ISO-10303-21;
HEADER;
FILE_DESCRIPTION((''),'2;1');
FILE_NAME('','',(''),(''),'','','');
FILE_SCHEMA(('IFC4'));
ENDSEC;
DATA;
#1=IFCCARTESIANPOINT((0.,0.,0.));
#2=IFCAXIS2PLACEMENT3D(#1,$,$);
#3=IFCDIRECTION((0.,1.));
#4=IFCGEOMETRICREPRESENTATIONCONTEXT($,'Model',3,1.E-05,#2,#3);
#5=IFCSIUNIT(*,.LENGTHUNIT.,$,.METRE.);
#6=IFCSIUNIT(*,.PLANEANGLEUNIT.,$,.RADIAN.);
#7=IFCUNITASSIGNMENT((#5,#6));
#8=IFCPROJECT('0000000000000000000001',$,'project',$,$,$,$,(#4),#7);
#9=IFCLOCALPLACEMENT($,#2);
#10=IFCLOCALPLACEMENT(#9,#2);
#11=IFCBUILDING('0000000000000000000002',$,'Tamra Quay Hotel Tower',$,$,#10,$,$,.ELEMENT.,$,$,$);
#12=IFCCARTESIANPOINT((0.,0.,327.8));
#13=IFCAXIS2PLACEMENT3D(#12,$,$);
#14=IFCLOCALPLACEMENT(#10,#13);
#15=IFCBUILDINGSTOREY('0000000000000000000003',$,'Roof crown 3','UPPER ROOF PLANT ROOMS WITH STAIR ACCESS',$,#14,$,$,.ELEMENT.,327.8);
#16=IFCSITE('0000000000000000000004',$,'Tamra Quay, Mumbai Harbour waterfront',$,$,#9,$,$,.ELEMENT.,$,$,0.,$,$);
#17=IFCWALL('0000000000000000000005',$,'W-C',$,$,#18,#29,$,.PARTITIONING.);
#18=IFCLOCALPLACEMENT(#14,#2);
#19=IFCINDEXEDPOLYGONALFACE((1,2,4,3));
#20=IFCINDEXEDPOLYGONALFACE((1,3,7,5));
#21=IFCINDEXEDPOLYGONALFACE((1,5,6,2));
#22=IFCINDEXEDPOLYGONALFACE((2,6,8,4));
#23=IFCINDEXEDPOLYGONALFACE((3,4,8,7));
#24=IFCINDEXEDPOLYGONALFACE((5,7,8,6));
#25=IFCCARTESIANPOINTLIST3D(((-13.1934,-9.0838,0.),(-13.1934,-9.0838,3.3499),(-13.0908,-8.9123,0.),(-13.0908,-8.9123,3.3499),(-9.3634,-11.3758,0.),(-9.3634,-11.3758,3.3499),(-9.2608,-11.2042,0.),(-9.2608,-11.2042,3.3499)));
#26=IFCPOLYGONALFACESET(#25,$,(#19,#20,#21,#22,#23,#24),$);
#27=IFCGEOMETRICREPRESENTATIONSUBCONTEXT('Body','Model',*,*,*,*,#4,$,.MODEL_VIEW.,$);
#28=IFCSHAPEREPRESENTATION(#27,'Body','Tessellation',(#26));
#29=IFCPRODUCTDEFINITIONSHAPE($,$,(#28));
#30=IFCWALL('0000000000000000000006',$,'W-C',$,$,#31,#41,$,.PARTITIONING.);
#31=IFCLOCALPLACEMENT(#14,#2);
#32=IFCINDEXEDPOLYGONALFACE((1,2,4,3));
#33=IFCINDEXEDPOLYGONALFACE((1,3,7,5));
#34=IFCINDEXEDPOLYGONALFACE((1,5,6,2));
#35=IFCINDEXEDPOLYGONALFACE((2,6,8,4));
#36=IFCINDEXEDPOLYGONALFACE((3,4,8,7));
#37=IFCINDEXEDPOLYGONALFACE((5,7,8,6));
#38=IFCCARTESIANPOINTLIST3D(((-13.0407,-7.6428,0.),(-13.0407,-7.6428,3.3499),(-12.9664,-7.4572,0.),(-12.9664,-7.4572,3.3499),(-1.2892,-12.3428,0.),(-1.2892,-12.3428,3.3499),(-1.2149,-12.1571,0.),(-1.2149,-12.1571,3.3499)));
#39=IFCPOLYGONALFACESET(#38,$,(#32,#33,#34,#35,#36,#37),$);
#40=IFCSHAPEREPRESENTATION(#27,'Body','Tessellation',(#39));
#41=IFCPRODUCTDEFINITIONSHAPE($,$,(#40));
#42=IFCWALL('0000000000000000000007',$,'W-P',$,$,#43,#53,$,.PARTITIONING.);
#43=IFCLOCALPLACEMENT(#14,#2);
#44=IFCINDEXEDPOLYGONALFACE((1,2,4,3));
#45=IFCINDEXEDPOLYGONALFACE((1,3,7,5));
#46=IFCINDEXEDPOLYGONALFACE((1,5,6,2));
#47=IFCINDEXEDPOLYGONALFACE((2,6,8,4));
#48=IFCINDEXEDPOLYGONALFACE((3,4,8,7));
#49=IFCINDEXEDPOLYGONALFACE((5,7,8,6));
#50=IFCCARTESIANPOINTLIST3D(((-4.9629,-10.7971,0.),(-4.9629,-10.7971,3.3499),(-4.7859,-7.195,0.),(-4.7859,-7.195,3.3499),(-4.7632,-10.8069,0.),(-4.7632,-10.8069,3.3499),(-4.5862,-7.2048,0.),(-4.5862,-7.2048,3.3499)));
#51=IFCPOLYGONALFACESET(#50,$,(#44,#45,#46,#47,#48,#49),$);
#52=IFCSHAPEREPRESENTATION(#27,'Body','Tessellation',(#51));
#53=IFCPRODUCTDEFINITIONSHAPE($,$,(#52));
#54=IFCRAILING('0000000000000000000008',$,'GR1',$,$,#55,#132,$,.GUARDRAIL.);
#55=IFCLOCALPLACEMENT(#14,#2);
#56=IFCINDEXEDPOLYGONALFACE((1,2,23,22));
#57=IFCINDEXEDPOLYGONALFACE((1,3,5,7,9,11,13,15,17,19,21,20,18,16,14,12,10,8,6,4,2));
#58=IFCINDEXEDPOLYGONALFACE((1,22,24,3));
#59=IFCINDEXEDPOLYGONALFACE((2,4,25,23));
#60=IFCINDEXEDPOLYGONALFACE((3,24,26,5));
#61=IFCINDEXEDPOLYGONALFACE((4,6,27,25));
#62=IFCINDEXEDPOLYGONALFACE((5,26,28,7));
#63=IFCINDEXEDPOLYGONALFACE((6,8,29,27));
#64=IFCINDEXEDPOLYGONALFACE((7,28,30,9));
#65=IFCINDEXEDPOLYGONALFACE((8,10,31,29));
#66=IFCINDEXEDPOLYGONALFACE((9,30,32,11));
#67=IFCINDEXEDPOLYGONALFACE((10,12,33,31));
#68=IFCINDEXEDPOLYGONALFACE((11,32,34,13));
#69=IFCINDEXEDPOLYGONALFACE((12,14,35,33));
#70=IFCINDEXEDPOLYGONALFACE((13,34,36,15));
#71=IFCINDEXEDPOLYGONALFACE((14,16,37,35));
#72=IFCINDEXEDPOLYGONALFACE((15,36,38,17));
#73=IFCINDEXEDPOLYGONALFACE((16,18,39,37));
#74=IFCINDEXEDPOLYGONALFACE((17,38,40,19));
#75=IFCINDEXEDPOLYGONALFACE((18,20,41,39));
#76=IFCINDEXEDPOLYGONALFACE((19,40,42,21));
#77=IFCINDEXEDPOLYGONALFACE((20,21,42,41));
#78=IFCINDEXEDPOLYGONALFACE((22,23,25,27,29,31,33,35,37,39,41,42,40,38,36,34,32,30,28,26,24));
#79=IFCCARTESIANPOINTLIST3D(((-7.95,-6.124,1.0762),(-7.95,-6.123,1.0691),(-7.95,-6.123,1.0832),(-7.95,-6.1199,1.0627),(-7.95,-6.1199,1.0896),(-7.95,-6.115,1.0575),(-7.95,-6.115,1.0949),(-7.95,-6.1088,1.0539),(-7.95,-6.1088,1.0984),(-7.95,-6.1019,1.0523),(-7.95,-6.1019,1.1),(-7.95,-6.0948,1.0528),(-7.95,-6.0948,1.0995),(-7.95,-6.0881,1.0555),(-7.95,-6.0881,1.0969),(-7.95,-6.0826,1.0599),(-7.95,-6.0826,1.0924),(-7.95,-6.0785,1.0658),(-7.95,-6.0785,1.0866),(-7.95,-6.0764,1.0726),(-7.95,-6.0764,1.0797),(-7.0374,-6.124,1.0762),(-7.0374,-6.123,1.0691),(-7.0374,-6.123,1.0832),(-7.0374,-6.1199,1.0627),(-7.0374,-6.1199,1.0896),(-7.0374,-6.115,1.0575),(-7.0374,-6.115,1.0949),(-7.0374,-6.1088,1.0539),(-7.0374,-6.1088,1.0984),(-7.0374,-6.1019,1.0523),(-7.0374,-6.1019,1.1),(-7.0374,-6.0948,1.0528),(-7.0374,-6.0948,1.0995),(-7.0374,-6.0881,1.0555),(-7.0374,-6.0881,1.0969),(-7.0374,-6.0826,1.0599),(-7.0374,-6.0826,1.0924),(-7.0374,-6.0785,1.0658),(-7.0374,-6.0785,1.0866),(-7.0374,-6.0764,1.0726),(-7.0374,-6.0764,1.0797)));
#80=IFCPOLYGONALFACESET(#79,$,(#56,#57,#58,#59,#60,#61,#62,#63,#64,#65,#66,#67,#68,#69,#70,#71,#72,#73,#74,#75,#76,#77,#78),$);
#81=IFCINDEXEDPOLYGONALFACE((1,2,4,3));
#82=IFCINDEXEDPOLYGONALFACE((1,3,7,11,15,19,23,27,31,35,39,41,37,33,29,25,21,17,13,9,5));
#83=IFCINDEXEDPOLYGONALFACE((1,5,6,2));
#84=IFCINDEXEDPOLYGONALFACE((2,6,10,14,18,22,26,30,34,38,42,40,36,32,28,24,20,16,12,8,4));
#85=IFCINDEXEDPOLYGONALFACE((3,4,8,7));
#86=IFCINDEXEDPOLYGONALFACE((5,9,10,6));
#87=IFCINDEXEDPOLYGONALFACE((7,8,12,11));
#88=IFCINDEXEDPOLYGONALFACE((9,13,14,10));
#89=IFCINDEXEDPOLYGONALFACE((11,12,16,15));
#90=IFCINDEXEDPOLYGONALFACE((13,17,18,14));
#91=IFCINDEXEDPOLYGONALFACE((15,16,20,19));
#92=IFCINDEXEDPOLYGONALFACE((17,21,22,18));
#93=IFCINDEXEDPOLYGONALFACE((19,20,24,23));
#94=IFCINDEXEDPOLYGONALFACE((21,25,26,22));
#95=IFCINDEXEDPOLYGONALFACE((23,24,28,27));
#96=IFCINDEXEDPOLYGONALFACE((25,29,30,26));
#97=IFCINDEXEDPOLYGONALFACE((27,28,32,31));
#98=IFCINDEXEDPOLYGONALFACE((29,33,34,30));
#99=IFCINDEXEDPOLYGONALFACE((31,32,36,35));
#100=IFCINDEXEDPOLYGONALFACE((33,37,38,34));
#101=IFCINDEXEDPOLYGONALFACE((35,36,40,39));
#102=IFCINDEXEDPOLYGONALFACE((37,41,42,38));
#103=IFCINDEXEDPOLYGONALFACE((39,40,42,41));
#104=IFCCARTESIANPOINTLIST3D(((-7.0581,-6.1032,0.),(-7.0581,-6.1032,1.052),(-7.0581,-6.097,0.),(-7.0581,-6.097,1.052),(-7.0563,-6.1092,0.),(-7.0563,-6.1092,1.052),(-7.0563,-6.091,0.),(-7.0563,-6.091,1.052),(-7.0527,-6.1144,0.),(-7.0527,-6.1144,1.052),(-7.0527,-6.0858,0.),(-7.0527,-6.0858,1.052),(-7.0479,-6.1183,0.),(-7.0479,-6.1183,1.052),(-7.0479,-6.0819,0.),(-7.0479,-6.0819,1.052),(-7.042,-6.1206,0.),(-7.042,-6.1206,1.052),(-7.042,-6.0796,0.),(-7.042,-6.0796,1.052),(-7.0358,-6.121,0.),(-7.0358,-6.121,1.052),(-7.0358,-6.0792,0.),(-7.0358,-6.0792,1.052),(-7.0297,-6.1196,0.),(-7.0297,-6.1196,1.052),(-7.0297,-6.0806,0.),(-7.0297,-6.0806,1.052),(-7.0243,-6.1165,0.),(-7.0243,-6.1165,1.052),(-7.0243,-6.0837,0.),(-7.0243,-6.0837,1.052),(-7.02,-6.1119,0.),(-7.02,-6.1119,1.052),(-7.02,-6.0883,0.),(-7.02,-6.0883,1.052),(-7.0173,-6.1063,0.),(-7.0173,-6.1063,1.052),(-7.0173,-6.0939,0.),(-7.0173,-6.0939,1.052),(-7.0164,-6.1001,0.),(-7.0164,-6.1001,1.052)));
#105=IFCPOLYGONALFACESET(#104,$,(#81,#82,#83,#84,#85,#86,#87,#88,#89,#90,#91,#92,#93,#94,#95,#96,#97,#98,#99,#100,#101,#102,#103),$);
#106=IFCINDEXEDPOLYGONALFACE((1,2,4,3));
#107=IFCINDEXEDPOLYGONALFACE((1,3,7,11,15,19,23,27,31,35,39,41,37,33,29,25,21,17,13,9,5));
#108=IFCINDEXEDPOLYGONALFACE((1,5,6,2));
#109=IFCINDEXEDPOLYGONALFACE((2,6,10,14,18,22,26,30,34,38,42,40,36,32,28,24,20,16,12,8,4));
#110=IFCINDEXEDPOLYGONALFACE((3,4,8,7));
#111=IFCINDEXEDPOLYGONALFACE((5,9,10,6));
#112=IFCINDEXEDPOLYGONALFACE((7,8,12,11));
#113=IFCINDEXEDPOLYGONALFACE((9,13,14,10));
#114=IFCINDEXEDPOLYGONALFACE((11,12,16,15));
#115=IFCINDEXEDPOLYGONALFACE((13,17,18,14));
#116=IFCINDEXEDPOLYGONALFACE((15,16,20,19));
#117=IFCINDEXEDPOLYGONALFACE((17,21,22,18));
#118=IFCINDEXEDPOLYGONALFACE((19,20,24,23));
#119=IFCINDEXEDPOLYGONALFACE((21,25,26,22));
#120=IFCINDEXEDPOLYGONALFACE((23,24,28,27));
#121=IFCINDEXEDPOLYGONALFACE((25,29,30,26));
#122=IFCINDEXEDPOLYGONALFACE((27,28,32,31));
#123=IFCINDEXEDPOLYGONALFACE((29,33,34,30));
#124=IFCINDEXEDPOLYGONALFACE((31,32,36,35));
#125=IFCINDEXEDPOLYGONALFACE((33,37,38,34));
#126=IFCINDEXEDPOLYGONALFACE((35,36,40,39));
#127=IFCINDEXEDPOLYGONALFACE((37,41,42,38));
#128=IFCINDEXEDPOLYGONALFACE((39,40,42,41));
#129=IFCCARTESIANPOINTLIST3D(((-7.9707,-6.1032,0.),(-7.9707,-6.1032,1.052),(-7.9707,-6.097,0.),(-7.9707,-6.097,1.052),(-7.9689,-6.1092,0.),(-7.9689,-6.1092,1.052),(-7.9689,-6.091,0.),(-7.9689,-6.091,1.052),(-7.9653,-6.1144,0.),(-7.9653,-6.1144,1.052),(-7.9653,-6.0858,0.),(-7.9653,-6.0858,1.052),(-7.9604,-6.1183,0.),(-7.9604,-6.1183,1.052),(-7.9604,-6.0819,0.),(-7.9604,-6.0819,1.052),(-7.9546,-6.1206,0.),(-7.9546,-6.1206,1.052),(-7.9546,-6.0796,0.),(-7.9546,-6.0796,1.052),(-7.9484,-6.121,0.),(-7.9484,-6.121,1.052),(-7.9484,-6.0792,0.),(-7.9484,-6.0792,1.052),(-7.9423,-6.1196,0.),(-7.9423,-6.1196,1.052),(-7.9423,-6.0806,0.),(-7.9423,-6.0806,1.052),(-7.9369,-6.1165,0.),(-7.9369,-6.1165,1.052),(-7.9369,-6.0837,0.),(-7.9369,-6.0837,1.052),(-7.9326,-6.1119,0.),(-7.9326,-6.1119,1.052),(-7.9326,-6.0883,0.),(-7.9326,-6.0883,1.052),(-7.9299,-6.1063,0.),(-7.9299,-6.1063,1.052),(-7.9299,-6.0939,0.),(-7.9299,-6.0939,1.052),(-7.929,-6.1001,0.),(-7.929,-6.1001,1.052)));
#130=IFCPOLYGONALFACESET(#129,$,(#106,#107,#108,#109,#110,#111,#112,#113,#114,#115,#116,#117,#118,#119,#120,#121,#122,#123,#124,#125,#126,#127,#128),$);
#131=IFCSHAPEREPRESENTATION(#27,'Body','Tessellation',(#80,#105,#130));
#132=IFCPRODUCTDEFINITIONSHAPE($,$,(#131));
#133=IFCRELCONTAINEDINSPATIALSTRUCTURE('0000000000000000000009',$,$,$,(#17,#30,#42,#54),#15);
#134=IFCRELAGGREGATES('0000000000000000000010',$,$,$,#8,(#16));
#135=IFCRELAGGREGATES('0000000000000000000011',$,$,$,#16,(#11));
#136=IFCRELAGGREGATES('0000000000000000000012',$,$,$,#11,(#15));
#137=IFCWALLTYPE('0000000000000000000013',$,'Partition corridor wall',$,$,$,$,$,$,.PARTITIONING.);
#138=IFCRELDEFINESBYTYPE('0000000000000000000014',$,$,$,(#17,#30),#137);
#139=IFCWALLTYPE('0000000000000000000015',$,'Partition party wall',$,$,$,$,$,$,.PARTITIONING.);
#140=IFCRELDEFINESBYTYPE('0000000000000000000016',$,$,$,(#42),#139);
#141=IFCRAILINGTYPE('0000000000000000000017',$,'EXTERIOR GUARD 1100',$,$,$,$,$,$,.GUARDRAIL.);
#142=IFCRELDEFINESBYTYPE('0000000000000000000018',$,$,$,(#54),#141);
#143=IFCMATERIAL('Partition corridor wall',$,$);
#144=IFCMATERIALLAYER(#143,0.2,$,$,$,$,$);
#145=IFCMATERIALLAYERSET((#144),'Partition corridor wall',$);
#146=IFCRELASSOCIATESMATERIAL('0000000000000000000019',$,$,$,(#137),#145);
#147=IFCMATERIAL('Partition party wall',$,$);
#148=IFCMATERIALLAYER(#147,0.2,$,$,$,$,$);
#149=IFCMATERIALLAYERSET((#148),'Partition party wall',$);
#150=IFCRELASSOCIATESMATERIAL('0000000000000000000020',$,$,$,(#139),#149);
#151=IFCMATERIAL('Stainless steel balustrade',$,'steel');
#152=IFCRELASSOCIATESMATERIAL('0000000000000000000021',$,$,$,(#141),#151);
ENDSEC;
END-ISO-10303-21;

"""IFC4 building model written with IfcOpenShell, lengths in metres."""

from ifc_helpers import new_model, si_unit, direction, frame, frame_2d, origin, origin_2d, place, context, subcontext, project, spatial, rectangle, circle, extrude, material, layer, layer_set, type_object, element, save


model = new_model("IFC4")

# Units and contexts
model_context = context("Model", 3, precision=1e-05, world=origin(), true_north=direction((0.0, 1.0)))
body_context = subcontext(model_context, "Body", "Model", "MODEL_VIEW")
ifc_project = project(units=[si_unit("LENGTHUNIT", "METRE"), si_unit("PLANEANGLEUNIT", "RADIAN")], contexts=[model_context])

# Site, building, storey
site_placement = place(None, origin())
site = spatial("IfcSite", under=ifc_project, at=site_placement, Name="Tamra Quay, Mumbai Harbour waterfront", CompositionType="ELEMENT", RefElevation=0.0)
building_placement = place(site_placement, origin())
building = spatial("IfcBuilding", under=site, at=building_placement, Name="Tamra Quay Hotel Tower", CompositionType="ELEMENT")
storey_placement = place(building_placement, frame((0.0, 0.0, 327.8)))
storey = spatial("IfcBuildingStorey", under=building, at=storey_placement, Name="Roof crown 3", Description="UPPER ROOF PLANT ROOMS WITH STAIR ACCESS", CompositionType="ELEMENT", Elevation=327.8)

# Walls
ifc_material_1 = material(Name="Partition corridor wall")
ifc_layer_1 = layer(ifc_material_1, 0.2)
ifc_layer_set_1 = layer_set([ifc_layer_1], Name="Partition corridor wall")
wall_type_1 = type_object("IfcWallType", Name="Partition corridor wall", PredefinedType="PARTITIONING", material=ifc_layer_set_1)
wall_1_placement = place(storey_placement, frame((-13.1421, -8.998, 0.0), z_axis=(0.0, 0.0, 1.0), x_axis=(0.858091, -0.513498, 0.0)))
element("IfcWall", 1, at=wall_1_placement, inside=storey, type_object=wall_type_1, Name="W-C", PredefinedType="PARTITIONING", context=body_context, shape_type="SweptSolid", body=[
    extrude(rectangle(XDim=4.4634, YDim=0.2, at=frame_2d((2.2317, 0.0))), origin(), (0.0, 0.0, 1.0), 3.3499),
])
wall_2_placement = place(storey_placement, frame((-13.0034, -7.55, 0.0), z_axis=(0.0, 0.0, 1.0), x_axis=(0.928494, -0.371347, 0.0)))
element("IfcWall", 2, at=wall_2_placement, inside=storey, type_object=wall_type_1, Name="W-C", PredefinedType="PARTITIONING", context=body_context, shape_type="SweptSolid", body=[
    extrude(rectangle(XDim=12.6565, YDim=0.2, at=frame_2d((6.3281, 0.0))), origin(), (0.0, 0.0, 1.0), 3.3499),
])
ifc_material_2 = material(Name="Partition party wall")
ifc_layer_2 = layer(ifc_material_2, 0.2)
ifc_layer_set_2 = layer_set([ifc_layer_2], Name="Partition party wall")
wall_type_2 = type_object("IfcWallType", Name="Partition party wall", PredefinedType="PARTITIONING", material=ifc_layer_set_2)
wall_3_placement = place(storey_placement, frame((-4.863, -10.802, 0.0), z_axis=(0.0, 0.0, 1.0), x_axis=(0.04908, 0.998795, 0.0)))
element("IfcWall", 3, at=wall_3_placement, inside=storey, type_object=wall_type_2, Name="W-P", PredefinedType="PARTITIONING", context=body_context, shape_type="SweptSolid", body=[
    extrude(rectangle(XDim=3.6064, YDim=0.2, at=frame_2d((1.8032, 0.0))), origin(), (0.0, 0.0, 1.0), 3.3499),
])

# Railing
ifc_material_3 = material(Name="Stainless steel balustrade", Category="steel")
railing_type_1 = type_object("IfcRailingType", Name="EXTERIOR GUARD 1100", PredefinedType="GUARDRAIL", material=ifc_material_3)
railing_1_placement = place(storey_placement, frame((-7.0374, -6.1001, 0.0)))
element("IfcRailing", 4, at=railing_1_placement, inside=storey, type_object=railing_type_1, Name="GR1", PredefinedType="GUARDRAIL", context=body_context, shape_type="SweptSolid", body=[
    extrude(circle(Radius=0.0239, at=origin_2d()), frame((0.0, 0.0, 1.0762), z_axis=(-1.0, 0.0, 0.0), x_axis=(0.0, -1.0, 0.0)), (0.0, 0.0, 1.0), 0.9126),
    extrude(circle(Radius=0.021, at=origin_2d()), origin(), (0.0, 0.0, 1.0), 1.052),
    extrude(circle(Radius=0.021, at=origin_2d()), frame((-0.9126, 0.0, 0.0)), (0.0, 0.0, 1.0), 1.052),
])

save(model, "model.ifc")
